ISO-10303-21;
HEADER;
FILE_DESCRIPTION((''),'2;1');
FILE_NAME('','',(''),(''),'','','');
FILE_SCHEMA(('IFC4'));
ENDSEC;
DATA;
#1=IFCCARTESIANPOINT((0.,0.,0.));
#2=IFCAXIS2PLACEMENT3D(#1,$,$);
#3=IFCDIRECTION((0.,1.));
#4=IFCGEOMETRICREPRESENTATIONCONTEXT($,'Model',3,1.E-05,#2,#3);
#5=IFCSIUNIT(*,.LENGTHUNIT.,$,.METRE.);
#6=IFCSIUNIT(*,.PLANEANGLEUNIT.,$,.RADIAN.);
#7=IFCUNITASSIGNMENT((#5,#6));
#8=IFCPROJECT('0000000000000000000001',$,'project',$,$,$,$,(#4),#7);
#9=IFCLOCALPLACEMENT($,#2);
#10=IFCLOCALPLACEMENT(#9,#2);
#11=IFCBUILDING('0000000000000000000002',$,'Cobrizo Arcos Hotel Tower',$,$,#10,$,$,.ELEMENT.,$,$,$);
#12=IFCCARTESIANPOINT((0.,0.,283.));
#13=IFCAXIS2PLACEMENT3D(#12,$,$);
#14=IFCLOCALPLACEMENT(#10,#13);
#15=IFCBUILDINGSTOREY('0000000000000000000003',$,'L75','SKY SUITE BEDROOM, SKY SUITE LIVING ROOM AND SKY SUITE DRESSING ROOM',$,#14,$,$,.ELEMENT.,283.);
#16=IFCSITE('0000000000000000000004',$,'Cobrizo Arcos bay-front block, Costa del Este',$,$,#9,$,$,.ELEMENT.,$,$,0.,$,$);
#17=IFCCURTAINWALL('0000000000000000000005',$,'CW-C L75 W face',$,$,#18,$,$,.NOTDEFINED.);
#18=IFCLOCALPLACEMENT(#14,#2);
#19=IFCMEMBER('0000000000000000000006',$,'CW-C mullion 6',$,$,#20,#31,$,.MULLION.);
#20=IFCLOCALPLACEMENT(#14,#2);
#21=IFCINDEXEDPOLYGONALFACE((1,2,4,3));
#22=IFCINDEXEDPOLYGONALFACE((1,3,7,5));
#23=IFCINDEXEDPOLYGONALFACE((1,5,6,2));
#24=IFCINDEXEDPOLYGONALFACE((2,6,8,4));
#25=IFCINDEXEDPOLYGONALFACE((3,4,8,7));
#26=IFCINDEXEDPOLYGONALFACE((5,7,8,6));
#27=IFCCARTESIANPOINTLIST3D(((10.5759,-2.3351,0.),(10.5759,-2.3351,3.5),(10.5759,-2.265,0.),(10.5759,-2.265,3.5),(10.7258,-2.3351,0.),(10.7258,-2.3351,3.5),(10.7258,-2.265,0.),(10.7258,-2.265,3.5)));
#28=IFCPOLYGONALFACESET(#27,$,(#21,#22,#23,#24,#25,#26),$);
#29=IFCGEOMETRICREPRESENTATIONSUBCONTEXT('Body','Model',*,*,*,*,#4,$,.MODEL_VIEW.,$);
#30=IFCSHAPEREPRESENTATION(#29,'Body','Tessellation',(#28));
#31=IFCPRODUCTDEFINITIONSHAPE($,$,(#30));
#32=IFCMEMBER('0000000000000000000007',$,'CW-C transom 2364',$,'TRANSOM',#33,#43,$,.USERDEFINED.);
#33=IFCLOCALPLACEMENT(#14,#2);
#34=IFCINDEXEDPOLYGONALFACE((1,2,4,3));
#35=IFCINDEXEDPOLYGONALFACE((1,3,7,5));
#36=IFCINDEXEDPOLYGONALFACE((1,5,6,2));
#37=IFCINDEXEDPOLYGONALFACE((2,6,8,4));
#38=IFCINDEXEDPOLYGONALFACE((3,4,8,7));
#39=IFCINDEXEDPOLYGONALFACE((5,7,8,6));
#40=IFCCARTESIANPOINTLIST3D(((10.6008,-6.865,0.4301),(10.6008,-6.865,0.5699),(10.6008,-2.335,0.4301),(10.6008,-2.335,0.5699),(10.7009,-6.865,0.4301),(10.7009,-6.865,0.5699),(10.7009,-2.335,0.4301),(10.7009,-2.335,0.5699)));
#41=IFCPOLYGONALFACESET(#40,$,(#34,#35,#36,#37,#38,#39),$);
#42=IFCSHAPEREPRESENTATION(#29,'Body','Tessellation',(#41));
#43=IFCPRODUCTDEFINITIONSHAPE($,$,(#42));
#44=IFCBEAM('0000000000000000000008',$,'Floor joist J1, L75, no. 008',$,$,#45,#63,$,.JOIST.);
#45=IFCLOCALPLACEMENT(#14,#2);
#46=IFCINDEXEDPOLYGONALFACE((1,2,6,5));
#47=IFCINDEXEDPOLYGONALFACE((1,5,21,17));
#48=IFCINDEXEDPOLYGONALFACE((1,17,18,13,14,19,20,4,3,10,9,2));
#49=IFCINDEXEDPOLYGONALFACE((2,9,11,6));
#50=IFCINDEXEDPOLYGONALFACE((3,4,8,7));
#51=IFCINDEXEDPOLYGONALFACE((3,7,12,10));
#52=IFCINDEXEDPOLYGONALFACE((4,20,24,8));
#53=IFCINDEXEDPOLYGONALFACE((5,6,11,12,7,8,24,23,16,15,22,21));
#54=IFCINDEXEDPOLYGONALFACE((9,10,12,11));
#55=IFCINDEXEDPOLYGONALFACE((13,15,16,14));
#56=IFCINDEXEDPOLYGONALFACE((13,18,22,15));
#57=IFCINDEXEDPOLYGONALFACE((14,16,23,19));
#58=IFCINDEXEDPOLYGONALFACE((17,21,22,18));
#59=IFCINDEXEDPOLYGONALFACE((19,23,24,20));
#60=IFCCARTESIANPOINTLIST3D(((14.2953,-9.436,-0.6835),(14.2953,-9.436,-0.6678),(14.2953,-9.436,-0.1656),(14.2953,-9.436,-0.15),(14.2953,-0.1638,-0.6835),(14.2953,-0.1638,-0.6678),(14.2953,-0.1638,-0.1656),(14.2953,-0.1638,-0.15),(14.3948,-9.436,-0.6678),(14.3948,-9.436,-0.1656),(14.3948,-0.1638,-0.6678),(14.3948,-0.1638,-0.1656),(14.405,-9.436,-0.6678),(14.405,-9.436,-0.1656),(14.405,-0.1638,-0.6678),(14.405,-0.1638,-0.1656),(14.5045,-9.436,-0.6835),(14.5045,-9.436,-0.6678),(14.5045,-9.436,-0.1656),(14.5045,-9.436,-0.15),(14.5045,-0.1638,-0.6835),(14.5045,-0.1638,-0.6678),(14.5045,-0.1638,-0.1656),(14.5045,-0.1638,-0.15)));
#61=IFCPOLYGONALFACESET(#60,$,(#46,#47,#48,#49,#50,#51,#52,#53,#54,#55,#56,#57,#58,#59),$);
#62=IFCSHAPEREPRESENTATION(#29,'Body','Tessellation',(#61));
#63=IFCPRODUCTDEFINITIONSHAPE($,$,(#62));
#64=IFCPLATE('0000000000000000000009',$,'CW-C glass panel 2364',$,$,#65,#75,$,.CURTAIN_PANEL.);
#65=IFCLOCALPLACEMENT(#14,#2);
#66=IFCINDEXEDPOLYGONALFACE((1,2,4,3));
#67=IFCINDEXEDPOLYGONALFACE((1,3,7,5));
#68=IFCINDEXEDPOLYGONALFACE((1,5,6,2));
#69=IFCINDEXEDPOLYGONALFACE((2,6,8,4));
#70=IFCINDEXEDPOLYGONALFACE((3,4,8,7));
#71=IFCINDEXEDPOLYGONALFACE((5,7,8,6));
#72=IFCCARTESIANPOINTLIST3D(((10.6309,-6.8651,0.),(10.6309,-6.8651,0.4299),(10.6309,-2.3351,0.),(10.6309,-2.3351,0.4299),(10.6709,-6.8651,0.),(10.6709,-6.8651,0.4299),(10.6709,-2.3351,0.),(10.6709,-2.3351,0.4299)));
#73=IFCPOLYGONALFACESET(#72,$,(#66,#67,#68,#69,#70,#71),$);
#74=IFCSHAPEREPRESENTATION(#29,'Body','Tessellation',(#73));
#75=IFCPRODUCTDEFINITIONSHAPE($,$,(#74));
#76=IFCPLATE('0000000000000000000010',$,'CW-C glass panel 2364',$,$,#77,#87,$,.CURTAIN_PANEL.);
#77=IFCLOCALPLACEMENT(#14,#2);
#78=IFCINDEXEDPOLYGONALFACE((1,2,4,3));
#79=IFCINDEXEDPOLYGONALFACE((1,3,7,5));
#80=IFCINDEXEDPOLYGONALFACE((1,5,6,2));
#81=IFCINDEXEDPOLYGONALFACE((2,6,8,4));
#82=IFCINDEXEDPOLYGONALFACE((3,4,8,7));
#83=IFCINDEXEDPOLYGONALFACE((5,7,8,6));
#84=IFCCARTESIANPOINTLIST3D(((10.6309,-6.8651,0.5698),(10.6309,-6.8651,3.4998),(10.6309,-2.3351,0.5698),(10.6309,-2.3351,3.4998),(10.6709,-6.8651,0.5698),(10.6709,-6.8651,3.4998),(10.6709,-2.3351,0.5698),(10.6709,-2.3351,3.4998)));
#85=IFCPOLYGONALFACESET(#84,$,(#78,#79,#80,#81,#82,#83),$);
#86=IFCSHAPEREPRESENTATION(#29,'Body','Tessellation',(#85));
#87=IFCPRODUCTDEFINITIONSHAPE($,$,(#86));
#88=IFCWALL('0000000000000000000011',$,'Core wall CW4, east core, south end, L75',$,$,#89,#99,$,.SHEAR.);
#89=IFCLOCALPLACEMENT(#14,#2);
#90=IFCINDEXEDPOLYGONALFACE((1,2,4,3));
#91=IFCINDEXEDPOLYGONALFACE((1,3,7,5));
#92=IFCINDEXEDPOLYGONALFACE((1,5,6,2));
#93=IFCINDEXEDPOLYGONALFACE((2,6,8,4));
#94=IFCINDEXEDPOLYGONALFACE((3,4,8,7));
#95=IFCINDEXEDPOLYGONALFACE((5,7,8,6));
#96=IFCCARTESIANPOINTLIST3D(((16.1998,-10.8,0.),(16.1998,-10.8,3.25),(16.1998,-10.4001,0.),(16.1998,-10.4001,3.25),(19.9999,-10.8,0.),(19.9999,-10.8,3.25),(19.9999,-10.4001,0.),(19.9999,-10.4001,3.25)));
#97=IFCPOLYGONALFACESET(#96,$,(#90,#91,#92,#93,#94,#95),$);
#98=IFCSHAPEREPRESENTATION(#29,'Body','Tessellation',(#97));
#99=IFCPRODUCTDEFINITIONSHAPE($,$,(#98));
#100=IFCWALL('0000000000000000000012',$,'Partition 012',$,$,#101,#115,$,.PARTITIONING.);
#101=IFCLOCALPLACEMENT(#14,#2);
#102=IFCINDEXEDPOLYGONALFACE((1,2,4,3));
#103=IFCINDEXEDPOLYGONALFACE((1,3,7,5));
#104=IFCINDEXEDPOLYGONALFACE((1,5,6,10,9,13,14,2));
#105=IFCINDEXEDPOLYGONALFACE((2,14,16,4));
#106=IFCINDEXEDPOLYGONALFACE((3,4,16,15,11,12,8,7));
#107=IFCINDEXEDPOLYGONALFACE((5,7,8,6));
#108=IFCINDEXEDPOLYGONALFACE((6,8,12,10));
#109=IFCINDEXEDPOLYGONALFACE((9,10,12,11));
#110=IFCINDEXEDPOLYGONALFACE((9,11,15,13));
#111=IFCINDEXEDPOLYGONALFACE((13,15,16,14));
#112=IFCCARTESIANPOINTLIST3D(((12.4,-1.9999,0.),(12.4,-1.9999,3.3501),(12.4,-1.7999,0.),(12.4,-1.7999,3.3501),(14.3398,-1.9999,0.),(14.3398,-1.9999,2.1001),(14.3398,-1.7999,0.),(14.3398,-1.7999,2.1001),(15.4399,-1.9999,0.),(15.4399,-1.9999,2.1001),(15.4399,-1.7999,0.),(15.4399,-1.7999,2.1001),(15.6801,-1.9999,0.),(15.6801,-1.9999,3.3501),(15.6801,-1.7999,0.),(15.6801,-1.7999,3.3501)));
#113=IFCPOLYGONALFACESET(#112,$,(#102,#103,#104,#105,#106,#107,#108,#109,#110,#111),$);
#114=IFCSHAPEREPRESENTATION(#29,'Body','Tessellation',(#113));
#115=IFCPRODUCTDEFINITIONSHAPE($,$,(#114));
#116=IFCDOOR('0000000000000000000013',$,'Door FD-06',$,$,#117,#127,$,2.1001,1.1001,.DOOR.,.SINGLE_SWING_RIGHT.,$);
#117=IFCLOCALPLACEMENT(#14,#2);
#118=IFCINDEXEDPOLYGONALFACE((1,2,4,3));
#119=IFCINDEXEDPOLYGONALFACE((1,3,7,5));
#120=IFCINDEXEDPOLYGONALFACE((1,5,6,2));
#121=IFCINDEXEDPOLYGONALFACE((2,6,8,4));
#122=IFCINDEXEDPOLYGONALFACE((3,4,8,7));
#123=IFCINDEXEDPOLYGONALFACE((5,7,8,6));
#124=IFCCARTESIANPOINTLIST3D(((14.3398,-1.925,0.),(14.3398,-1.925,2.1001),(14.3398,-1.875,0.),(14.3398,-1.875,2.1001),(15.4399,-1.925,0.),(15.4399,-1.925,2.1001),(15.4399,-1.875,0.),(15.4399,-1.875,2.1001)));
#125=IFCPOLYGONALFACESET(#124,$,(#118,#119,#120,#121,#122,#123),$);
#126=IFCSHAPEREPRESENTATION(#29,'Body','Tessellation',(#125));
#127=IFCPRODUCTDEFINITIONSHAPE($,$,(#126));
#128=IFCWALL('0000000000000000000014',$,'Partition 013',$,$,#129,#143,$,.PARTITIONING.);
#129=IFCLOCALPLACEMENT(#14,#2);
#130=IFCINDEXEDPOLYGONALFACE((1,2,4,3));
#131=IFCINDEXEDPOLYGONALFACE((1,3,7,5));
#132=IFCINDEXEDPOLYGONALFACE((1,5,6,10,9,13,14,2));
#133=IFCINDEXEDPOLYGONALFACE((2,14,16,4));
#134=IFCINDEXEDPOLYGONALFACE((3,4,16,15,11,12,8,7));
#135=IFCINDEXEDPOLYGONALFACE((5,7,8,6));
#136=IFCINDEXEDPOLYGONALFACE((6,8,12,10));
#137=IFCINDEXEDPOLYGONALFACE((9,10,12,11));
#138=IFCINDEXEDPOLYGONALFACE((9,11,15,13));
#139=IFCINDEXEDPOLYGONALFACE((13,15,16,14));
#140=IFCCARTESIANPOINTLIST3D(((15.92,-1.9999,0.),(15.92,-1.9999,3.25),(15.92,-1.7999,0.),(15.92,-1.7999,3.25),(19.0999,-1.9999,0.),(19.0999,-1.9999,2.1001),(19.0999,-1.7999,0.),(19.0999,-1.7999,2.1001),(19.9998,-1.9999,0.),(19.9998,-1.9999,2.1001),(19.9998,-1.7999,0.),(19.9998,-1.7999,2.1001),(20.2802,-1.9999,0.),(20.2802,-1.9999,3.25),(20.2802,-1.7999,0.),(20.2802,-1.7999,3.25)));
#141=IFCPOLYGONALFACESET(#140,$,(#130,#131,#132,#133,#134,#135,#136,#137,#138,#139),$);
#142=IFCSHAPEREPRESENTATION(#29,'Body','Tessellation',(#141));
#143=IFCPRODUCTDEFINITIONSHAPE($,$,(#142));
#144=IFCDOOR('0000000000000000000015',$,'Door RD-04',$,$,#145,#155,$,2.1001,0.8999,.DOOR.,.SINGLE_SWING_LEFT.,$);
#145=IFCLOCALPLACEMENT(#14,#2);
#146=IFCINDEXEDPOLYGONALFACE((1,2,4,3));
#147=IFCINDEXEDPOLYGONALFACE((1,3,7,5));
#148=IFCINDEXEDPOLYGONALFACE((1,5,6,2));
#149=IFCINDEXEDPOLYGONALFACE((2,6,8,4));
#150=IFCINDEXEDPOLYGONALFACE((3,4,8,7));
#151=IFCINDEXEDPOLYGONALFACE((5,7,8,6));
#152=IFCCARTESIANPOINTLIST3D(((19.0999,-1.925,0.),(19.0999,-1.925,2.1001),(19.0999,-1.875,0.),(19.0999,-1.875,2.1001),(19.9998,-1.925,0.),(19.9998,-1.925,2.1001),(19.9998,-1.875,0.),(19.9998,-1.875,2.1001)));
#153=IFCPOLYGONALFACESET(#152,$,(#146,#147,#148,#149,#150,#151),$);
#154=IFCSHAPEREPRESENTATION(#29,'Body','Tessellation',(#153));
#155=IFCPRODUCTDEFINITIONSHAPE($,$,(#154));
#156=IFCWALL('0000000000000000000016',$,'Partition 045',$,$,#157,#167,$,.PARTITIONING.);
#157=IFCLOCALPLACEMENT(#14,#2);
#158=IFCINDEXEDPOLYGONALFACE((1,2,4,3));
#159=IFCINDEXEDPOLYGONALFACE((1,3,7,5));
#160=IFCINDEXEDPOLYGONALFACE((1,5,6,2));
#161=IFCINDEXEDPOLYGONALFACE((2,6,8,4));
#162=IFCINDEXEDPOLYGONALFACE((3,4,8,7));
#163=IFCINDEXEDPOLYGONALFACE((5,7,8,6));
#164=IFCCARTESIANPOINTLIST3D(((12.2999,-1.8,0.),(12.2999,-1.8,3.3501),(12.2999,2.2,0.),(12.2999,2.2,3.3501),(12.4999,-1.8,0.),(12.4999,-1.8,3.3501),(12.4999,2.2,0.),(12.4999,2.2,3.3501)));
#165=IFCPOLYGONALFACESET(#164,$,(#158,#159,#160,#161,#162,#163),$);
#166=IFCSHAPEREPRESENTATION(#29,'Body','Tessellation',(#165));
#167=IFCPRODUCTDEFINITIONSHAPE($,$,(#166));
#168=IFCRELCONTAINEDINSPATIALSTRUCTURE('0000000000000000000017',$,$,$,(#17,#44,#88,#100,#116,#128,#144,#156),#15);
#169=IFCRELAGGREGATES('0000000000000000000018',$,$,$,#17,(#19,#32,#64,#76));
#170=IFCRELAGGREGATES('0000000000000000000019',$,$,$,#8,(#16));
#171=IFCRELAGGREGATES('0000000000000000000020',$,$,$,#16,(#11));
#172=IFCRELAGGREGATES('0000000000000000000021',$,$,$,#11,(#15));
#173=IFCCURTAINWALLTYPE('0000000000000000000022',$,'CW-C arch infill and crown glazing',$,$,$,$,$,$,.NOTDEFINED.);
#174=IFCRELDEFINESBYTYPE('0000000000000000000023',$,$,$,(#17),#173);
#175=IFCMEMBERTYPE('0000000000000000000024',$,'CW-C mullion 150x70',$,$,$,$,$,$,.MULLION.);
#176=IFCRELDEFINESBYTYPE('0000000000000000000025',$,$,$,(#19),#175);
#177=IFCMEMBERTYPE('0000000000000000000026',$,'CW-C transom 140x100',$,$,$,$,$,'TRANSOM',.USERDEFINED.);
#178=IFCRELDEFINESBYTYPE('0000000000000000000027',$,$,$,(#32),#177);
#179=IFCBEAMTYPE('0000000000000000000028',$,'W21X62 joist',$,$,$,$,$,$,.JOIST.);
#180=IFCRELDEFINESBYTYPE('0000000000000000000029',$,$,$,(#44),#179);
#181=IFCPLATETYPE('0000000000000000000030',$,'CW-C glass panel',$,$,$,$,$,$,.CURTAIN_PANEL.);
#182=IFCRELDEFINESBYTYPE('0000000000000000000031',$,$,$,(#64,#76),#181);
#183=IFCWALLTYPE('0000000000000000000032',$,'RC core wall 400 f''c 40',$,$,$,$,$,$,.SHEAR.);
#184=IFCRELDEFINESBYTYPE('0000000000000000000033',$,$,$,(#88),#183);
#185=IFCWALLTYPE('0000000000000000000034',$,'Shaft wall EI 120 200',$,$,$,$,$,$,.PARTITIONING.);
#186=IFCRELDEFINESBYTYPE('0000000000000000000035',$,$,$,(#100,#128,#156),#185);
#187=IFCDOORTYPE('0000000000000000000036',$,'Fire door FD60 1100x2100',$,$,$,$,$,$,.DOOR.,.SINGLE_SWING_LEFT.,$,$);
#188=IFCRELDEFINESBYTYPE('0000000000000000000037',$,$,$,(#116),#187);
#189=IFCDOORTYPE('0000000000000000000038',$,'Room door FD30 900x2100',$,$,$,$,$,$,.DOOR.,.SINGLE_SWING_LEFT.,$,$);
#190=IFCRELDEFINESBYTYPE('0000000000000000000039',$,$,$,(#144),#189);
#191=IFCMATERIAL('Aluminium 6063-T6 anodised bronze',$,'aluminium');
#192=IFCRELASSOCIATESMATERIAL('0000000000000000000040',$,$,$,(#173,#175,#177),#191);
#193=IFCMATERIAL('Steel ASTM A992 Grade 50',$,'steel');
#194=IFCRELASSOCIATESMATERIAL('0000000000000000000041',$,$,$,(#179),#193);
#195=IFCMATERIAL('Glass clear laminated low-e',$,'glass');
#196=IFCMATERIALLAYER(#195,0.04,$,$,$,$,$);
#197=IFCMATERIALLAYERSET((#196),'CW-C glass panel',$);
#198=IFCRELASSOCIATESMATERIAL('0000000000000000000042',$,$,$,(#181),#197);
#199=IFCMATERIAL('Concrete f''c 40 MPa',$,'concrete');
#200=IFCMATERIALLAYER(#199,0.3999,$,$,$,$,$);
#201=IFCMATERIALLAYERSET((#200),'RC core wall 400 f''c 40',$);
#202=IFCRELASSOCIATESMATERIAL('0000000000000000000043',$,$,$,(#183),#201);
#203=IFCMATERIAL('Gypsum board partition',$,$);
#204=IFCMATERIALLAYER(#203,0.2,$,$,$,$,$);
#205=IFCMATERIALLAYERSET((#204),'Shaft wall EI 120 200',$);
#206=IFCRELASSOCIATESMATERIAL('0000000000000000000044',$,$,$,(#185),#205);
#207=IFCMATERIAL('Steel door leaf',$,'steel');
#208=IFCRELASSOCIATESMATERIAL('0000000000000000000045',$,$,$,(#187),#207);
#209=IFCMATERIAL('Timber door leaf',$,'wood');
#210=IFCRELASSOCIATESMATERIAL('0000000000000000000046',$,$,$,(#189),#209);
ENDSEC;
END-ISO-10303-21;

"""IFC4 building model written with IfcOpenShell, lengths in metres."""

from ifc_helpers import new_model, si_unit, direction, frame, frame_2d, origin, origin_2d, place, context, subcontext, project, spatial, rectangle, i_section, extrude, material, layer, layer_set, material_profile, profile_set, type_object, element, fill, aggregate, save


model = new_model("IFC4")

# Units and contexts
model_context = context("Model", 3, precision=1e-05, world=origin(), true_north=direction((0.0, 1.0)))
body_context = subcontext(model_context, "Body", "Model", "MODEL_VIEW")
ifc_project = project(units=[si_unit("LENGTHUNIT", "METRE"), si_unit("PLANEANGLEUNIT", "RADIAN")], contexts=[model_context])

# Site, building, storey
site_placement = place(None, origin())
site = spatial("IfcSite", under=ifc_project, at=site_placement, Name="Cobrizo Arcos bay-front block, Costa del Este", CompositionType="ELEMENT", RefElevation=0.0)
building_placement = place(site_placement, origin())
building = spatial("IfcBuilding", under=site, at=building_placement, Name="Cobrizo Arcos Hotel Tower", CompositionType="ELEMENT")
storey_placement = place(building_placement, frame((0.0, 0.0, 283.0)))
storey = spatial("IfcBuildingStorey", under=building, at=storey_placement, Name="L75", Description="SKY SUITE BEDROOM, SKY SUITE LIVING ROOM AND SKY SUITE DRESSING ROOM", CompositionType="ELEMENT", Elevation=283.0)

# Curtain wall, members
ifc_material_1 = material(Name="Aluminium 6063-T6 anodised bronze", Category="aluminium")
curtain_wall_type = type_object("IfcCurtainWallType", Name="CW-C arch infill and crown glazing", PredefinedType="NOTDEFINED", material=ifc_material_1)
curtain_wall_placement = place(storey_placement, origin())
curtain_wall = element("IfcCurtainWall", 1, at=curtain_wall_placement, inside=storey, type_object=curtain_wall_type, Name="CW-C L75 W face", PredefinedType="NOTDEFINED")
ifc_material_profile_1 = material_profile(ifc_material_1, rectangle(XDim=0.1499, YDim=0.0701, at=origin_2d()), Name="CW-C mullion 150x70")
ifc_profile_set_1 = profile_set([ifc_material_profile_1], Name="Aluminium 6063-T6 anodised bronze")
member_type_1 = type_object("IfcMemberType", Name="CW-C mullion 150x70", PredefinedType="MULLION", material=ifc_profile_set_1)
member_1_placement = place(storey_placement, frame((10.6509, -2.3, 0.0), z_axis=(0.0, 0.0, 1.0), x_axis=(-1.0, 0.0, 0.0)))
member_1 = element("IfcMember", 2, at=member_1_placement, type_object=member_type_1, Name="CW-C mullion 6", PredefinedType="MULLION", context=body_context, shape_type="SweptSolid", body=[
    extrude(rectangle(XDim=0.1499, YDim=0.0701, at=origin_2d()), origin(), (0.0, 0.0, 1.0), 3.5),
])
ifc_material_profile_2 = material_profile(ifc_material_1, rectangle(XDim=0.1001, YDim=0.1399, at=origin_2d()), Name="CW-C transom 140x100")
ifc_profile_set_2 = profile_set([ifc_material_profile_2], Name="Aluminium 6063-T6 anodised bronze")
member_type_2 = type_object("IfcMemberType", Name="CW-C transom 140x100", ElementType="TRANSOM", PredefinedType="USERDEFINED", material=ifc_profile_set_2)
member_2_placement = place(storey_placement, frame((10.6509, -2.335, 0.5), z_axis=(0.0, -1.0, 0.0), x_axis=(1.0, 0.0, 0.0)))
member_2 = element("IfcMember", 3, at=member_2_placement, type_object=member_type_2, Name="CW-C transom 2364", ObjectType="TRANSOM", PredefinedType="USERDEFINED", context=body_context, shape_type="SweptSolid", body=[
    extrude(rectangle(XDim=0.1001, YDim=0.1399, at=origin_2d()), origin(), (0.0, 0.0, 1.0), 4.53),
])

# Beam
ifc_material_2 = material(Name="Steel ASTM A992 Grade 50", Category="steel")
ifc_material_profile_3 = material_profile(ifc_material_2, i_section(OverallWidth=0.2092, OverallDepth=0.5334, WebThickness=0.0103, FlangeThickness=0.0156, at=origin_2d()), Name="W21X62")
ifc_profile_set_3 = profile_set([ifc_material_profile_3], Name="Steel ASTM A992 Grade 50")
beam_type = type_object("IfcBeamType", Name="W21X62 joist", PredefinedType="JOIST", material=ifc_profile_set_3)
beam_placement = place(storey_placement, frame((14.3999, -9.436, -0.4167), z_axis=(0.0, 1.0, 0.0), x_axis=(-1.0, 0.0, 0.0)))
element("IfcBeam", 4, at=beam_placement, inside=storey, type_object=beam_type, Name="Floor joist J1, L75, no. 008", PredefinedType="JOIST", context=body_context, shape_type="SweptSolid", body=[
    extrude(i_section(OverallWidth=0.2092, OverallDepth=0.5334, WebThickness=0.0103, FlangeThickness=0.0156, at=origin_2d()), origin(), (0.0, 0.0, 1.0), 9.2722),
])

# Plates
ifc_material_3 = material(Name="Glass clear laminated low-e", Category="glass")
ifc_layer_1 = layer(ifc_material_3, 0.04)
ifc_layer_set_1 = layer_set([ifc_layer_1], Name="CW-C glass panel")
plate_type = type_object("IfcPlateType", Name="CW-C glass panel", PredefinedType="CURTAIN_PANEL", material=ifc_layer_set_1)
plate_1_placement = place(storey_placement, frame((10.6509, -4.6001, 0.0), z_axis=(0.0, 0.0, 1.0), x_axis=(0.0, -1.0, 0.0)))
plate_1 = element("IfcPlate", 5, at=plate_1_placement, type_object=plate_type, Name="CW-C glass panel 2364", PredefinedType="CURTAIN_PANEL", context=body_context, shape_type="SweptSolid", body=[
    extrude(rectangle(XDim=4.53, YDim=0.04, at=origin_2d()), origin(), (0.0, 0.0, 1.0), 0.4299),
])
plate_2_placement = place(storey_placement, frame((10.6509, -4.6001, 0.5698), z_axis=(0.0, 0.0, 1.0), x_axis=(0.0, -1.0, 0.0)))
plate_2 = element("IfcPlate", 6, at=plate_2_placement, type_object=plate_type, Name="CW-C glass panel 2364", PredefinedType="CURTAIN_PANEL", context=body_context, shape_type="SweptSolid", body=[
    extrude(rectangle(XDim=4.53, YDim=0.04, at=origin_2d()), origin(), (0.0, 0.0, 1.0), 2.9299),
])
aggregate(curtain_wall, [member_1, member_2, plate_1, plate_2])

# Wall
ifc_material_4 = material(Name="Concrete f'c 40 MPa", Category="concrete")
ifc_layer_2 = layer(ifc_material_4, 0.3999)
ifc_layer_set_2 = layer_set([ifc_layer_2], Name="RC core wall 400 f'c 40")
wall_type_1 = type_object("IfcWallType", Name="RC core wall 400 f'c 40", PredefinedType="SHEAR", material=ifc_layer_set_2)
wall_1_placement = place(storey_placement, frame((16.2, -10.6001, 0.0), z_axis=(0.0, 0.0, 1.0), x_axis=(1.0, 0.0, 0.0)))
element("IfcWall", 7, at=wall_1_placement, inside=storey, type_object=wall_type_1, Name="Core wall CW4, east core, south end, L75", PredefinedType="SHEAR", context=body_context, shape_type="SweptSolid", body=[
    extrude(rectangle(XDim=3.8, YDim=0.3999, at=frame_2d((1.8999, 0.0))), origin(), (0.0, 0.0, 1.0), 3.25),
])

# Walls, openings, doors
ifc_material_5 = material(Name="Gypsum board partition")
ifc_layer_3 = layer(ifc_material_5, 0.2)
ifc_layer_set_3 = layer_set([ifc_layer_3], Name="Shaft wall EI 120 200")
wall_type_2 = type_object("IfcWallType", Name="Shaft wall EI 120 200", PredefinedType="PARTITIONING", material=ifc_layer_set_3)
wall_2_placement = place(storey_placement, frame((12.3999, -1.8999, 0.0), z_axis=(0.0, 0.0, 1.0), x_axis=(1.0, 0.0, 0.0)))
wall_2 = element("IfcWall", 8, at=wall_2_placement, inside=storey, type_object=wall_type_2, Name="Partition 012", PredefinedType="PARTITIONING", context=body_context, shape_type="SweptSolid", body=[
    extrude(rectangle(XDim=3.28, YDim=0.2, at=frame_2d((1.6401, 0.0))), origin(), (0.0, 0.0, 1.0), 3.3501),
])
opening_1_placement = place(wall_2_placement, frame((1.9399, 0.0, 0.0)))
opening_1 = element("IfcOpeningElement", 9, at=opening_1_placement, cuts=wall_2, PredefinedType="OPENING", context=body_context, shape_type="SweptSolid", body=[
    extrude(rectangle(XDim=1.1001, YDim=2.1001, at=frame_2d((0.55, 1.05))), frame((0.0, 0.1121, 0.0), z_axis=(0.0, -1.0, 0.0), x_axis=(1.0, 0.0, 0.0)), (0.0, 0.0, 1.0), 0.2239),
])
ifc_material_6 = material(Name="Steel door leaf", Category="steel")
door_type_1 = type_object("IfcDoorType", Name="Fire door FD60 1100x2100", OperationType="SINGLE_SWING_LEFT", PredefinedType="DOOR", material=ifc_material_6)
door_1_placement = place(opening_1_placement, origin())
door_1 = element("IfcDoor", 10, at=door_1_placement, inside=storey, type_object=door_type_1, Name="Door FD-06", OperationType="SINGLE_SWING_RIGHT", OverallHeight=2.1001, OverallWidth=1.1001, PredefinedType="DOOR", context=body_context, shape_type="SweptSolid", body=[
    extrude(rectangle(XDim=1.1001, YDim=2.1001, at=frame_2d((0.55, 1.05))), frame((0.0, 0.0249, 0.0), z_axis=(0.0, -1.0, 0.0), x_axis=(1.0, 0.0, 0.0)), (0.0, 0.0, 1.0), 0.05),
])
fill(opening_1, door_1)
wall_3_placement = place(storey_placement, frame((15.9199, -1.8999, 0.0), z_axis=(0.0, 0.0, 1.0), x_axis=(1.0, 0.0, 0.0)))
wall_3 = element("IfcWall", 11, at=wall_3_placement, inside=storey, type_object=wall_type_2, Name="Partition 013", PredefinedType="PARTITIONING", context=body_context, shape_type="SweptSolid", body=[
    extrude(rectangle(XDim=4.3601, YDim=0.2, at=frame_2d((2.1802, 0.0))), origin(), (0.0, 0.0, 1.0), 3.25),
])
opening_2_placement = place(wall_3_placement, frame((3.1799, 0.0, 0.0)))
opening_2 = element("IfcOpeningElement", 12, at=opening_2_placement, cuts=wall_3, PredefinedType="OPENING", context=body_context, shape_type="SweptSolid", body=[
    extrude(rectangle(XDim=0.8999, YDim=2.1001, at=frame_2d((0.45, 1.05))), frame((0.0, 0.1121, 0.0), z_axis=(0.0, -1.0, 0.0), x_axis=(1.0, 0.0, 0.0)), (0.0, 0.0, 1.0), 0.2239),
])
ifc_material_7 = material(Name="Timber door leaf", Category="wood")
door_type_2 = type_object("IfcDoorType", Name="Room door FD30 900x2100", OperationType="SINGLE_SWING_LEFT", PredefinedType="DOOR", material=ifc_material_7)
door_2_placement = place(opening_2_placement, origin())
door_2 = element("IfcDoor", 13, at=door_2_placement, inside=storey, type_object=door_type_2, Name="Door RD-04", OperationType="SINGLE_SWING_LEFT", OverallHeight=2.1001, OverallWidth=0.8999, PredefinedType="DOOR", context=body_context, shape_type="SweptSolid", body=[
    extrude(rectangle(XDim=0.8999, YDim=2.1001, at=frame_2d((0.45, 1.05))), frame((0.0, 0.0249, 0.0), z_axis=(0.0, -1.0, 0.0), x_axis=(1.0, 0.0, 0.0)), (0.0, 0.0, 1.0), 0.05),
])
fill(opening_2, door_2)

# Wall
wall_4_placement = place(storey_placement, frame((12.3999, -1.8, 0.0), z_axis=(0.0, 0.0, 1.0), x_axis=(0.0, 1.0, 0.0)))
element("IfcWall", 14, at=wall_4_placement, inside=storey, type_object=wall_type_2, Name="Partition 045", PredefinedType="PARTITIONING", context=body_context, shape_type="SweptSolid", body=[
    extrude(rectangle(XDim=4.0, YDim=0.2, at=frame_2d((2.0, 0.0))), origin(), (0.0, 0.0, 1.0), 3.3501),
])

save(model, "model.ifc")
